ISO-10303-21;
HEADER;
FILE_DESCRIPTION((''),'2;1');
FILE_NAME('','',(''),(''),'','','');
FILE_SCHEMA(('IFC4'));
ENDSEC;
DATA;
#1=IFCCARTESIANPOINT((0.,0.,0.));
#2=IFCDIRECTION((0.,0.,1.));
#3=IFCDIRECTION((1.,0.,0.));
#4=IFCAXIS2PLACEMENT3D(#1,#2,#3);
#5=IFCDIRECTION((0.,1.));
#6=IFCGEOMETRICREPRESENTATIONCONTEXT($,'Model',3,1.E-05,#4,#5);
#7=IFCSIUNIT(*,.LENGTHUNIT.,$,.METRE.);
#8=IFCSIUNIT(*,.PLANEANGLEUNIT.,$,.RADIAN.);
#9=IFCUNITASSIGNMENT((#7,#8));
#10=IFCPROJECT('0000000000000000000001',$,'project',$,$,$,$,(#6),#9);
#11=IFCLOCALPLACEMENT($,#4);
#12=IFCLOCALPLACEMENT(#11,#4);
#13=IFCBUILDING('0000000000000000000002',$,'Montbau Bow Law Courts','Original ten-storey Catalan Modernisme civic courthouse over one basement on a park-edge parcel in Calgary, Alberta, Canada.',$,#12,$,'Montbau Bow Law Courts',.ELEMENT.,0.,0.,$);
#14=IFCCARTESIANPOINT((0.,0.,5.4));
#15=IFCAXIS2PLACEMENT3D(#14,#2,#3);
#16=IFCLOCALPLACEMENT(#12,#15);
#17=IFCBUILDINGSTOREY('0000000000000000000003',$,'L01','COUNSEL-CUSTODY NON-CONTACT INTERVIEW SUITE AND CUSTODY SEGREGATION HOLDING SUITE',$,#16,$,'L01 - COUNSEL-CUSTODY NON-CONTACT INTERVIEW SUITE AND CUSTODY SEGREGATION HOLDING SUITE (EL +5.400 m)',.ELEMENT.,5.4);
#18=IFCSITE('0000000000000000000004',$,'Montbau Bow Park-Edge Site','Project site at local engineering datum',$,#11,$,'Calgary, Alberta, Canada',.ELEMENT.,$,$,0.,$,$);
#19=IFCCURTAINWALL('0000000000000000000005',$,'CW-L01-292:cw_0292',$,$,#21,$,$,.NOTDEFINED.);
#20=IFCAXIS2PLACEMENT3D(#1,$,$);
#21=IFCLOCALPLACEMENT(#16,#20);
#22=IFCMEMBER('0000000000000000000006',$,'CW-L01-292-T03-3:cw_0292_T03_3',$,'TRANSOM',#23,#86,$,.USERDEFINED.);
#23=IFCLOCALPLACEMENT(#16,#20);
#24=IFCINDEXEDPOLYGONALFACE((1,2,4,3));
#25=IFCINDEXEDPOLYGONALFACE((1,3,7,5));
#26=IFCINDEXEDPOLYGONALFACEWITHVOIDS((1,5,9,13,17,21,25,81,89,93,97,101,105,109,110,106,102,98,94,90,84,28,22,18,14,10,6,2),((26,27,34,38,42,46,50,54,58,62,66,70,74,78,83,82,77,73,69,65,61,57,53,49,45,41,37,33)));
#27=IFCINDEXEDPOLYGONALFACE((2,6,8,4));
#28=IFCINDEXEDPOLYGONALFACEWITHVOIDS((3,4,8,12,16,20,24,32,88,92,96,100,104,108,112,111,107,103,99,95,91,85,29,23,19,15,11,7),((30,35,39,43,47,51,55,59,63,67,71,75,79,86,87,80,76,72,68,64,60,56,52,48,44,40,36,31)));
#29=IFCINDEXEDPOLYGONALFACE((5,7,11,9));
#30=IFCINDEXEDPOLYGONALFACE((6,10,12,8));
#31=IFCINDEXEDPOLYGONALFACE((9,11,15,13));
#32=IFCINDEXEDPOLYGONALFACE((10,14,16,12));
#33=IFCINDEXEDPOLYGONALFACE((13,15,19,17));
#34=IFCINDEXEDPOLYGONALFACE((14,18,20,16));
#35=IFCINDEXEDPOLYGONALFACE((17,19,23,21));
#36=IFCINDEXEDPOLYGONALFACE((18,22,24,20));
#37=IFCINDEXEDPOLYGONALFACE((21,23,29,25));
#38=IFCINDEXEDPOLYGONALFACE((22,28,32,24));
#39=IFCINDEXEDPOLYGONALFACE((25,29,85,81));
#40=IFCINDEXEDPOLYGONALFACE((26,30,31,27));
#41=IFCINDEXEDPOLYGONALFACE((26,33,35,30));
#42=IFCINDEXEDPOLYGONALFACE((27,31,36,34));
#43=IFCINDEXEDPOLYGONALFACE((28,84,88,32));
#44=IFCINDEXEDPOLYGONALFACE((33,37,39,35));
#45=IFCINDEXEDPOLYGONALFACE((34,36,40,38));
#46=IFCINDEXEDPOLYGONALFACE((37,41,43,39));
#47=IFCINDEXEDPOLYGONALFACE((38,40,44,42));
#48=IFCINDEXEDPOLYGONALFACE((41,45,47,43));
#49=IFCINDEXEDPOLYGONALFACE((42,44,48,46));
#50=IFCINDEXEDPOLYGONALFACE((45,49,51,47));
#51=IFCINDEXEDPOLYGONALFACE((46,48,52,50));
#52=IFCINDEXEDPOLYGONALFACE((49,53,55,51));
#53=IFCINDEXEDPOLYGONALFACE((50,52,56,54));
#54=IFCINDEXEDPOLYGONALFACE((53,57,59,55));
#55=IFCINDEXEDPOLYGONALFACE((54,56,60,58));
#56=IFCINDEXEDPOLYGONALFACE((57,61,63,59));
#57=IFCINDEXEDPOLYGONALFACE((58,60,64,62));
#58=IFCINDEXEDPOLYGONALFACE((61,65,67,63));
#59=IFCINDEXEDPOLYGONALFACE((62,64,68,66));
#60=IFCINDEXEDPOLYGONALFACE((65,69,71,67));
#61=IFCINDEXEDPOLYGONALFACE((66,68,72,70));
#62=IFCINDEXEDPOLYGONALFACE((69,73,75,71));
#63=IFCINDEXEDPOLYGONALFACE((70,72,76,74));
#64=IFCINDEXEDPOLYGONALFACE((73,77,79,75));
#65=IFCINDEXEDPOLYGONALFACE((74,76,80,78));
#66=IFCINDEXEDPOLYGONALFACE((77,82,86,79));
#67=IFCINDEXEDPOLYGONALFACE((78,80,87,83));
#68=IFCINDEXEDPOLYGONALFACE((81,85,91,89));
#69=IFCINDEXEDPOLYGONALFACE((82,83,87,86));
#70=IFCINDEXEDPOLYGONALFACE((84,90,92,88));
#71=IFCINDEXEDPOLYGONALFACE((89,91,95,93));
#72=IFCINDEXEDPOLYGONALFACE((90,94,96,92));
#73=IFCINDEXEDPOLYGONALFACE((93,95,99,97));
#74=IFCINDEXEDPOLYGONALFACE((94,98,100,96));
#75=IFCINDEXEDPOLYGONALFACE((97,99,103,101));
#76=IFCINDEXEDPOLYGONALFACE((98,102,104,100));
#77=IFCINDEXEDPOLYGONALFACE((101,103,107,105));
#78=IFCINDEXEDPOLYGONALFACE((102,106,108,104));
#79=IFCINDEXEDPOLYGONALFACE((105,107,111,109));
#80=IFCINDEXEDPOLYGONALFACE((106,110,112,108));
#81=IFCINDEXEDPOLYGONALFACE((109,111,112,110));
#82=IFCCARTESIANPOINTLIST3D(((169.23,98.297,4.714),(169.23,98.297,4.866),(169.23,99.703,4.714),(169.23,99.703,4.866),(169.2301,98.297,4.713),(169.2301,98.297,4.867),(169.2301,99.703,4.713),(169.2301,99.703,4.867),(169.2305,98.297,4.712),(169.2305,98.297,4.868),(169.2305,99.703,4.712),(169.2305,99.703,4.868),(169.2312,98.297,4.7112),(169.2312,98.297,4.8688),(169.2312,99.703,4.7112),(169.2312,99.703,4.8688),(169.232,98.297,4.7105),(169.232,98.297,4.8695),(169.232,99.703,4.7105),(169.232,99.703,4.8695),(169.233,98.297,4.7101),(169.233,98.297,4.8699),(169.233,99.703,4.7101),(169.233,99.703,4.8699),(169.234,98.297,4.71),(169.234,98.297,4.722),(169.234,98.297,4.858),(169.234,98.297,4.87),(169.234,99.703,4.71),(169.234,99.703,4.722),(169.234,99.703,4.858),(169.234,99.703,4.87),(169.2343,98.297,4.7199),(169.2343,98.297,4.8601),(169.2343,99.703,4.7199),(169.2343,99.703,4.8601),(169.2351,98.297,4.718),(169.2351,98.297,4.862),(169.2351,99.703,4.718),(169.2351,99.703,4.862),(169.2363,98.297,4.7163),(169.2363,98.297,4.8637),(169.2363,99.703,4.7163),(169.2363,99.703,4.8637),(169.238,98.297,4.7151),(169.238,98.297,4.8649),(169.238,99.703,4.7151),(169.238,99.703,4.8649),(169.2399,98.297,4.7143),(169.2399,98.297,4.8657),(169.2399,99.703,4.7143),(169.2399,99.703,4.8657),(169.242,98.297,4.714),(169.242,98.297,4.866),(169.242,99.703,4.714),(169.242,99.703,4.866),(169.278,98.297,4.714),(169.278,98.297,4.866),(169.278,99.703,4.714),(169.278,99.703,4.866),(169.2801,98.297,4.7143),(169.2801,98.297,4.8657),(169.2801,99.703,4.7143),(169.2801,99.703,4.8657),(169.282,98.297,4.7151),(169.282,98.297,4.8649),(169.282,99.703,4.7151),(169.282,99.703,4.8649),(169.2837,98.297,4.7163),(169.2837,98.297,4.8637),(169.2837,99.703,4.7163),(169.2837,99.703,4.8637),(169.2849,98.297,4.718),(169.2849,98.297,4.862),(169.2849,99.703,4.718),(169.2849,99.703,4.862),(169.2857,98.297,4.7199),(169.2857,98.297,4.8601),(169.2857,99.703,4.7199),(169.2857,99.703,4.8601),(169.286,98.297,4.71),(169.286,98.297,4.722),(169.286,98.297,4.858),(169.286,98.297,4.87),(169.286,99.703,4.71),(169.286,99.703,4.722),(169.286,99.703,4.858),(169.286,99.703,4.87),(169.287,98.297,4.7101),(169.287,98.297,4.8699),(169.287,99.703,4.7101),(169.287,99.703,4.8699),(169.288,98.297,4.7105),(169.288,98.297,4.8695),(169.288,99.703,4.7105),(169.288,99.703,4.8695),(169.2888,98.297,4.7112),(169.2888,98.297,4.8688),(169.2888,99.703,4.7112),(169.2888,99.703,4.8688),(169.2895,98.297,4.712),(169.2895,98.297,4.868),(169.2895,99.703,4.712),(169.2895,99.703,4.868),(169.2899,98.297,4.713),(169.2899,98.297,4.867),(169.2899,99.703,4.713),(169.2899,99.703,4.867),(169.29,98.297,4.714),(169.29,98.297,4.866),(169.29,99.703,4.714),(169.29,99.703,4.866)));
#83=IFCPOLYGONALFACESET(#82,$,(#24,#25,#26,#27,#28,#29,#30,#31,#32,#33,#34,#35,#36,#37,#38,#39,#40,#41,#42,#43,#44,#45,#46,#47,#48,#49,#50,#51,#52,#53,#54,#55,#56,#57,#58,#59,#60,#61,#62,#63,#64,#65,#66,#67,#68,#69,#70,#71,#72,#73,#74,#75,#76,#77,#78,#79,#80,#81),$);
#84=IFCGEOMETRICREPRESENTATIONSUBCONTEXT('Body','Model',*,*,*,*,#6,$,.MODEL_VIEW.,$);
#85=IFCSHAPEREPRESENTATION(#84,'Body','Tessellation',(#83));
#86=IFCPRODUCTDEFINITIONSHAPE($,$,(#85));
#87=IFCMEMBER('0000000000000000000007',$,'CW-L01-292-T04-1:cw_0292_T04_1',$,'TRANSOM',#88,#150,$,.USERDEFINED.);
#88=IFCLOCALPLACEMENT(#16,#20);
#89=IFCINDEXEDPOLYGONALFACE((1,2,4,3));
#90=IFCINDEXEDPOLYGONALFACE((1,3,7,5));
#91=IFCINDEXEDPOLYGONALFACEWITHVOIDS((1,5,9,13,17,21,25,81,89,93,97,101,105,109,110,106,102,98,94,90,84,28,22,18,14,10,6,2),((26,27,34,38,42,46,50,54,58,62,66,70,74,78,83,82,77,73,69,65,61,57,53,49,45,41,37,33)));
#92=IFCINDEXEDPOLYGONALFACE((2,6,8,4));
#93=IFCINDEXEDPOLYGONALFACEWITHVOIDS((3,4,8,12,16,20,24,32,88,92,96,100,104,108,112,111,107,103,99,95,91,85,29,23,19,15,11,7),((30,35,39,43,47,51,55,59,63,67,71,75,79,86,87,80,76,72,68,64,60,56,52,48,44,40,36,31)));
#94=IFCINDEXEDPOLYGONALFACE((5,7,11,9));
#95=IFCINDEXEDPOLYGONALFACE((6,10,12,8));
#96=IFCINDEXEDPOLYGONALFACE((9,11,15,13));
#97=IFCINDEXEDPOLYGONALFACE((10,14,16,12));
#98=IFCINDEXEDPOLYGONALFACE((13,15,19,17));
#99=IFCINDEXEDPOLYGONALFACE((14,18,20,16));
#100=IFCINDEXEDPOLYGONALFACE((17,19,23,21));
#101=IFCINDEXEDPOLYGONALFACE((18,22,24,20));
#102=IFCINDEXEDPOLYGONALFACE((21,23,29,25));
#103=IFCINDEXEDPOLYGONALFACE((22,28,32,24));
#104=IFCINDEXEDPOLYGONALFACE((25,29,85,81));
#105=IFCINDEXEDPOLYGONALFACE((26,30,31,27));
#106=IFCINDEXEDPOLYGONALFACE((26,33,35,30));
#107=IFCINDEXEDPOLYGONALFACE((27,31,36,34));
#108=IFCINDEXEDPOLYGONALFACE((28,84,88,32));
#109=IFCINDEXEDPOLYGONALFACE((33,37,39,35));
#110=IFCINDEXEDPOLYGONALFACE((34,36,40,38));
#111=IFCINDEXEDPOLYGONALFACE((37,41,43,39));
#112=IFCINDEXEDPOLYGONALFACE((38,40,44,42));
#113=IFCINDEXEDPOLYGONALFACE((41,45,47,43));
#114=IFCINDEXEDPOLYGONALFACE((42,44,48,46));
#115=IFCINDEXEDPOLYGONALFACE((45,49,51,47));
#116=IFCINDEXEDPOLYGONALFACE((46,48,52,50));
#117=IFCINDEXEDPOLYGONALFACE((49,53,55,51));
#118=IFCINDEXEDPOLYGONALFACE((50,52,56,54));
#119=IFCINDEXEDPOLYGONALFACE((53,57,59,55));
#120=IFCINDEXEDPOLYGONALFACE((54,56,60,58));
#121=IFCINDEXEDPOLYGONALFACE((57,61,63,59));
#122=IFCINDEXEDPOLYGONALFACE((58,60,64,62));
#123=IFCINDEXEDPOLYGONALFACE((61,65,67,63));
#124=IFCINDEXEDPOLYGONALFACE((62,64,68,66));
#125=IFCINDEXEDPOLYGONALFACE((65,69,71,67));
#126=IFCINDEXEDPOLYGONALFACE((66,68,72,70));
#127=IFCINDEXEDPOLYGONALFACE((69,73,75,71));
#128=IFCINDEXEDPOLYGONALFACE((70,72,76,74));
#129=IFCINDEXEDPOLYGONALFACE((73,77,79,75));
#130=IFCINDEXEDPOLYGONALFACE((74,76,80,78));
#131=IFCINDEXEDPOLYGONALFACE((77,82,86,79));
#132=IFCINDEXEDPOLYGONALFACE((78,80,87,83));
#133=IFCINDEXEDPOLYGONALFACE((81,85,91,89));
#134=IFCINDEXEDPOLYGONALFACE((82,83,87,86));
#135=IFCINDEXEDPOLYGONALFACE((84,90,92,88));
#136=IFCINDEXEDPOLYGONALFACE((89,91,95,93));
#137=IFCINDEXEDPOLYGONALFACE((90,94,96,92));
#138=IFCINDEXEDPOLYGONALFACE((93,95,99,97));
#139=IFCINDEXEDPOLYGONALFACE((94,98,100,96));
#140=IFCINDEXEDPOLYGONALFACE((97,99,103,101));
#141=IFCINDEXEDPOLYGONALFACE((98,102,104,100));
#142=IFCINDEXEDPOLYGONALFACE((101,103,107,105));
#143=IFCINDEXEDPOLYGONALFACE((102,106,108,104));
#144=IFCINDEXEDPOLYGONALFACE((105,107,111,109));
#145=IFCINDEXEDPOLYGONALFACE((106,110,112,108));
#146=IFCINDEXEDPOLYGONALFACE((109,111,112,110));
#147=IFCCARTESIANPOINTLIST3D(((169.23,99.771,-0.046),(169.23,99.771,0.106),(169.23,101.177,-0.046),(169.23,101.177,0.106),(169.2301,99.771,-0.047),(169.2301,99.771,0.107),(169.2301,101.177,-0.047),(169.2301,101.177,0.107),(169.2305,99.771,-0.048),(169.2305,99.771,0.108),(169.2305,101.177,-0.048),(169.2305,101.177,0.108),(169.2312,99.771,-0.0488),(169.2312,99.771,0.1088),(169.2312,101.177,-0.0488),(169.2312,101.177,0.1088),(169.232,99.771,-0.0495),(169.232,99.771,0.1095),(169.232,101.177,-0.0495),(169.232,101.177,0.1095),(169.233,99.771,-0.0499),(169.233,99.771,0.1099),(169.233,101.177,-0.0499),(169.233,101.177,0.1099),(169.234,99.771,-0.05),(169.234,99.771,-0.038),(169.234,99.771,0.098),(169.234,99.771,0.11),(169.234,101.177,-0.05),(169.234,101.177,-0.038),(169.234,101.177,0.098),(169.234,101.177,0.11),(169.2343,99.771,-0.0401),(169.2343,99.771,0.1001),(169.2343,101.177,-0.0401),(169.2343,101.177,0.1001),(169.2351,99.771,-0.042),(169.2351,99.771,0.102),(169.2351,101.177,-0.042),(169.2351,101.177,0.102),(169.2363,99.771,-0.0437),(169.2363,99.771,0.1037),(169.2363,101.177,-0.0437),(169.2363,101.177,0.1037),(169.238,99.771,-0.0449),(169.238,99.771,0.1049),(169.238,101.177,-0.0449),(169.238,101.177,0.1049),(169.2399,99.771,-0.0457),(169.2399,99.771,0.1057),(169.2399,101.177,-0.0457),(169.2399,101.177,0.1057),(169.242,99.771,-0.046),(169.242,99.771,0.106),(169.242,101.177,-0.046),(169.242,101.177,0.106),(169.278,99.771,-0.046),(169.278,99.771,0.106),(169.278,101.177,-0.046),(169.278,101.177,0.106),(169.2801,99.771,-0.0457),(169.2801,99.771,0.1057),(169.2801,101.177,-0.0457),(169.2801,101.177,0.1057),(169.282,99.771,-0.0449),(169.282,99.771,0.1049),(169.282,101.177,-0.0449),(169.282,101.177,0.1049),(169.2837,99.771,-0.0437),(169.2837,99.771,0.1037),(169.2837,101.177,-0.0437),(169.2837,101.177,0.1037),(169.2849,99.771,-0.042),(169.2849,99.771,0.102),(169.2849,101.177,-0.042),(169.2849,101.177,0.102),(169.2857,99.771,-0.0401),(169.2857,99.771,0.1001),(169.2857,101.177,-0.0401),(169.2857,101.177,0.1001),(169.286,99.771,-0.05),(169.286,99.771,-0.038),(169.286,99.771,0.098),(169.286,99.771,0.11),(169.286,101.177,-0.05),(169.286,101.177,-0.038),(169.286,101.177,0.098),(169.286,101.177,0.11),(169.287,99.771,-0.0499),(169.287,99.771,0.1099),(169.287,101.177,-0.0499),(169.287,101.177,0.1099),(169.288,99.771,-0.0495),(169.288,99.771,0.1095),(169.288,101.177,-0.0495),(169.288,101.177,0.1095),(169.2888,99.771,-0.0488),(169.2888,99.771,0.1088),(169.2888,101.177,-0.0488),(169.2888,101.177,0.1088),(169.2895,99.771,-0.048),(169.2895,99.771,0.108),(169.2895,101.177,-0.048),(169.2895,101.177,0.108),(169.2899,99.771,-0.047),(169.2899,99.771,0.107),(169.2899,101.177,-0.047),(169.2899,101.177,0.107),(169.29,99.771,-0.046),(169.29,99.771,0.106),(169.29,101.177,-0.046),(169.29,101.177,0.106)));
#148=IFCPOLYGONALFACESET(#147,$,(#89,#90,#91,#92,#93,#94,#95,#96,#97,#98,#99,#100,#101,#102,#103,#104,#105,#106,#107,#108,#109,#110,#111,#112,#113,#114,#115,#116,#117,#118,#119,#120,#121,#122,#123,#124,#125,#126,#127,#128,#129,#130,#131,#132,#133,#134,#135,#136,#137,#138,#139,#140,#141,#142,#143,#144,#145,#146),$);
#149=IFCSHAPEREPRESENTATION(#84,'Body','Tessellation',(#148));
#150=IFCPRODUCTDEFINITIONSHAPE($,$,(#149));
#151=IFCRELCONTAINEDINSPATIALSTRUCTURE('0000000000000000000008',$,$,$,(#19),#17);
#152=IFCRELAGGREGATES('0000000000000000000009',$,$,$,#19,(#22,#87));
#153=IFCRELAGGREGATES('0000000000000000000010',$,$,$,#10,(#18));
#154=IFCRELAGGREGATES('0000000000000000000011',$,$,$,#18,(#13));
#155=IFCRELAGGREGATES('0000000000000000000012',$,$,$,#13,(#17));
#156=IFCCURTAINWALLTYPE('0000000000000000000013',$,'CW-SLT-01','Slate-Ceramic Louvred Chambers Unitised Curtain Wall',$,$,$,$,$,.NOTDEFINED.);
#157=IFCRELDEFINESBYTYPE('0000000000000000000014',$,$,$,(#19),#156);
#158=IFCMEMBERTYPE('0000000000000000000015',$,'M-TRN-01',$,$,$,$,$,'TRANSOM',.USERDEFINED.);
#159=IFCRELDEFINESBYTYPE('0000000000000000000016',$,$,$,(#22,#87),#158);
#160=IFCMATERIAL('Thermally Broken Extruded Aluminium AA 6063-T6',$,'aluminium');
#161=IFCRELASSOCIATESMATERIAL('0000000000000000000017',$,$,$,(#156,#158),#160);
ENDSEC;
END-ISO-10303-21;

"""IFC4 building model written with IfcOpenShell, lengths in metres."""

from ifc_helpers import new_model, si_unit, direction, frame, origin_with_axes, origin_2d_with_axis, place, context, subcontext, project, spatial, hollow_rectangle, extrude, material, material_profile, profile_set, type_object, element, aggregate, save


model = new_model("IFC4")

# Units and contexts
model_context = context("Model", 3, precision=1e-05, world=origin_with_axes(), true_north=direction((0.0, 1.0)))
body_context = subcontext(model_context, "Body", "Model", "MODEL_VIEW")
ifc_project = project(units=[si_unit("LENGTHUNIT", "METRE"), si_unit("PLANEANGLEUNIT", "RADIAN")], contexts=[model_context])

# Site, building, storey
site_placement = place(None, origin_with_axes())
site = spatial("IfcSite", under=ifc_project, at=site_placement, Name="Montbau Bow Park-Edge Site", Description="Project site at local engineering datum", LongName="Calgary, Alberta, Canada", CompositionType="ELEMENT", RefElevation=0.0)
building_placement = place(site_placement, origin_with_axes())
building = spatial("IfcBuilding", under=site, at=building_placement, Name="Montbau Bow Law Courts", Description="Original ten-storey Catalan Modernisme civic courthouse over one basement on a park-edge parcel in Calgary, Alberta, Canada.", LongName="Montbau Bow Law Courts", CompositionType="ELEMENT", ElevationOfRefHeight=0.0, ElevationOfTerrain=0.0)
storey_placement = place(building_placement, frame((0.0, 0.0, 5.4), z_axis=(0.0, 0.0, 1.0), x_axis=(1.0, 0.0, 0.0)))
storey = spatial("IfcBuildingStorey", under=building, at=storey_placement, Name="L01", Description="COUNSEL-CUSTODY NON-CONTACT INTERVIEW SUITE AND CUSTODY SEGREGATION HOLDING SUITE", LongName="L01 - COUNSEL-CUSTODY NON-CONTACT INTERVIEW SUITE AND CUSTODY SEGREGATION HOLDING SUITE (EL +5.400 m)", CompositionType="ELEMENT", Elevation=5.4)

# Curtain wall, members
ifc_material_1 = material(Name="Thermally Broken Extruded Aluminium AA 6063-T6", Category="aluminium")
curtain_wall_type = type_object("IfcCurtainWallType", Name="CW-SLT-01", Description="Slate-Ceramic Louvred Chambers Unitised Curtain Wall", PredefinedType="NOTDEFINED", material=ifc_material_1)
curtain_wall_placement = place(None, frame((169.26, 95.315, 5.4), z_axis=(0.0, 0.0, 1.0), x_axis=(1.0, 0.0, 0.0)))
curtain_wall = element("IfcCurtainWall", 1, at=curtain_wall_placement, inside=storey, type_object=curtain_wall_type, Name="CW-L01-292:cw_0292", PredefinedType="NOTDEFINED")
ifc_material_profile_1 = material_profile(ifc_material_1, hollow_rectangle(XDim=0.06, YDim=0.16, WallThickness=0.004, InnerFilletRadius=0.008, OuterFilletRadius=0.004, at=origin_2d_with_axis()), Name="CWT-160X60", Category="Main", Priority=0)
ifc_profile_set_1 = profile_set([ifc_material_profile_1], Name="Thermally Broken Extruded Aluminium AA 6063-T6")
member_type_1 = type_object("IfcMemberType", Name="M-TRN-01", ElementType="TRANSOM", PredefinedType="USERDEFINED", material=ifc_profile_set_1)
member_1_placement = place(None, frame((169.26, 98.297, 10.19), z_axis=(0.0, 1.0, 0.0), x_axis=(-1.0, 0.0, 0.0)))
member_1 = element("IfcMember", 2, at=member_1_placement, type_object=member_type_1, Name="CW-L01-292-T03-3:cw_0292_T03_3", ObjectType="TRANSOM", PredefinedType="USERDEFINED", context=body_context, shape_type="SweptSolid", body=[
    extrude(hollow_rectangle(XDim=0.06, YDim=0.16, WallThickness=0.004, InnerFilletRadius=0.008, OuterFilletRadius=0.004, at=origin_2d_with_axis()), origin_with_axes(), (0.0, 0.0, 1.0), 1.406),
])
member_2_placement = place(None, frame((169.26, 99.771, 5.43), z_axis=(0.0, 1.0, 0.0), x_axis=(-1.0, 0.0, 0.0)))
member_2 = element("IfcMember", 3, at=member_2_placement, type_object=member_type_1, Name="CW-L01-292-T04-1:cw_0292_T04_1", ObjectType="TRANSOM", PredefinedType="USERDEFINED", context=body_context, shape_type="SweptSolid", body=[
    extrude(hollow_rectangle(XDim=0.06, YDim=0.16, WallThickness=0.004, InnerFilletRadius=0.008, OuterFilletRadius=0.004, at=origin_2d_with_axis()), origin_with_axes(), (0.0, 0.0, 1.0), 1.406),
])
aggregate(curtain_wall, [member_1, member_2])

save(model, "model.ifc")
